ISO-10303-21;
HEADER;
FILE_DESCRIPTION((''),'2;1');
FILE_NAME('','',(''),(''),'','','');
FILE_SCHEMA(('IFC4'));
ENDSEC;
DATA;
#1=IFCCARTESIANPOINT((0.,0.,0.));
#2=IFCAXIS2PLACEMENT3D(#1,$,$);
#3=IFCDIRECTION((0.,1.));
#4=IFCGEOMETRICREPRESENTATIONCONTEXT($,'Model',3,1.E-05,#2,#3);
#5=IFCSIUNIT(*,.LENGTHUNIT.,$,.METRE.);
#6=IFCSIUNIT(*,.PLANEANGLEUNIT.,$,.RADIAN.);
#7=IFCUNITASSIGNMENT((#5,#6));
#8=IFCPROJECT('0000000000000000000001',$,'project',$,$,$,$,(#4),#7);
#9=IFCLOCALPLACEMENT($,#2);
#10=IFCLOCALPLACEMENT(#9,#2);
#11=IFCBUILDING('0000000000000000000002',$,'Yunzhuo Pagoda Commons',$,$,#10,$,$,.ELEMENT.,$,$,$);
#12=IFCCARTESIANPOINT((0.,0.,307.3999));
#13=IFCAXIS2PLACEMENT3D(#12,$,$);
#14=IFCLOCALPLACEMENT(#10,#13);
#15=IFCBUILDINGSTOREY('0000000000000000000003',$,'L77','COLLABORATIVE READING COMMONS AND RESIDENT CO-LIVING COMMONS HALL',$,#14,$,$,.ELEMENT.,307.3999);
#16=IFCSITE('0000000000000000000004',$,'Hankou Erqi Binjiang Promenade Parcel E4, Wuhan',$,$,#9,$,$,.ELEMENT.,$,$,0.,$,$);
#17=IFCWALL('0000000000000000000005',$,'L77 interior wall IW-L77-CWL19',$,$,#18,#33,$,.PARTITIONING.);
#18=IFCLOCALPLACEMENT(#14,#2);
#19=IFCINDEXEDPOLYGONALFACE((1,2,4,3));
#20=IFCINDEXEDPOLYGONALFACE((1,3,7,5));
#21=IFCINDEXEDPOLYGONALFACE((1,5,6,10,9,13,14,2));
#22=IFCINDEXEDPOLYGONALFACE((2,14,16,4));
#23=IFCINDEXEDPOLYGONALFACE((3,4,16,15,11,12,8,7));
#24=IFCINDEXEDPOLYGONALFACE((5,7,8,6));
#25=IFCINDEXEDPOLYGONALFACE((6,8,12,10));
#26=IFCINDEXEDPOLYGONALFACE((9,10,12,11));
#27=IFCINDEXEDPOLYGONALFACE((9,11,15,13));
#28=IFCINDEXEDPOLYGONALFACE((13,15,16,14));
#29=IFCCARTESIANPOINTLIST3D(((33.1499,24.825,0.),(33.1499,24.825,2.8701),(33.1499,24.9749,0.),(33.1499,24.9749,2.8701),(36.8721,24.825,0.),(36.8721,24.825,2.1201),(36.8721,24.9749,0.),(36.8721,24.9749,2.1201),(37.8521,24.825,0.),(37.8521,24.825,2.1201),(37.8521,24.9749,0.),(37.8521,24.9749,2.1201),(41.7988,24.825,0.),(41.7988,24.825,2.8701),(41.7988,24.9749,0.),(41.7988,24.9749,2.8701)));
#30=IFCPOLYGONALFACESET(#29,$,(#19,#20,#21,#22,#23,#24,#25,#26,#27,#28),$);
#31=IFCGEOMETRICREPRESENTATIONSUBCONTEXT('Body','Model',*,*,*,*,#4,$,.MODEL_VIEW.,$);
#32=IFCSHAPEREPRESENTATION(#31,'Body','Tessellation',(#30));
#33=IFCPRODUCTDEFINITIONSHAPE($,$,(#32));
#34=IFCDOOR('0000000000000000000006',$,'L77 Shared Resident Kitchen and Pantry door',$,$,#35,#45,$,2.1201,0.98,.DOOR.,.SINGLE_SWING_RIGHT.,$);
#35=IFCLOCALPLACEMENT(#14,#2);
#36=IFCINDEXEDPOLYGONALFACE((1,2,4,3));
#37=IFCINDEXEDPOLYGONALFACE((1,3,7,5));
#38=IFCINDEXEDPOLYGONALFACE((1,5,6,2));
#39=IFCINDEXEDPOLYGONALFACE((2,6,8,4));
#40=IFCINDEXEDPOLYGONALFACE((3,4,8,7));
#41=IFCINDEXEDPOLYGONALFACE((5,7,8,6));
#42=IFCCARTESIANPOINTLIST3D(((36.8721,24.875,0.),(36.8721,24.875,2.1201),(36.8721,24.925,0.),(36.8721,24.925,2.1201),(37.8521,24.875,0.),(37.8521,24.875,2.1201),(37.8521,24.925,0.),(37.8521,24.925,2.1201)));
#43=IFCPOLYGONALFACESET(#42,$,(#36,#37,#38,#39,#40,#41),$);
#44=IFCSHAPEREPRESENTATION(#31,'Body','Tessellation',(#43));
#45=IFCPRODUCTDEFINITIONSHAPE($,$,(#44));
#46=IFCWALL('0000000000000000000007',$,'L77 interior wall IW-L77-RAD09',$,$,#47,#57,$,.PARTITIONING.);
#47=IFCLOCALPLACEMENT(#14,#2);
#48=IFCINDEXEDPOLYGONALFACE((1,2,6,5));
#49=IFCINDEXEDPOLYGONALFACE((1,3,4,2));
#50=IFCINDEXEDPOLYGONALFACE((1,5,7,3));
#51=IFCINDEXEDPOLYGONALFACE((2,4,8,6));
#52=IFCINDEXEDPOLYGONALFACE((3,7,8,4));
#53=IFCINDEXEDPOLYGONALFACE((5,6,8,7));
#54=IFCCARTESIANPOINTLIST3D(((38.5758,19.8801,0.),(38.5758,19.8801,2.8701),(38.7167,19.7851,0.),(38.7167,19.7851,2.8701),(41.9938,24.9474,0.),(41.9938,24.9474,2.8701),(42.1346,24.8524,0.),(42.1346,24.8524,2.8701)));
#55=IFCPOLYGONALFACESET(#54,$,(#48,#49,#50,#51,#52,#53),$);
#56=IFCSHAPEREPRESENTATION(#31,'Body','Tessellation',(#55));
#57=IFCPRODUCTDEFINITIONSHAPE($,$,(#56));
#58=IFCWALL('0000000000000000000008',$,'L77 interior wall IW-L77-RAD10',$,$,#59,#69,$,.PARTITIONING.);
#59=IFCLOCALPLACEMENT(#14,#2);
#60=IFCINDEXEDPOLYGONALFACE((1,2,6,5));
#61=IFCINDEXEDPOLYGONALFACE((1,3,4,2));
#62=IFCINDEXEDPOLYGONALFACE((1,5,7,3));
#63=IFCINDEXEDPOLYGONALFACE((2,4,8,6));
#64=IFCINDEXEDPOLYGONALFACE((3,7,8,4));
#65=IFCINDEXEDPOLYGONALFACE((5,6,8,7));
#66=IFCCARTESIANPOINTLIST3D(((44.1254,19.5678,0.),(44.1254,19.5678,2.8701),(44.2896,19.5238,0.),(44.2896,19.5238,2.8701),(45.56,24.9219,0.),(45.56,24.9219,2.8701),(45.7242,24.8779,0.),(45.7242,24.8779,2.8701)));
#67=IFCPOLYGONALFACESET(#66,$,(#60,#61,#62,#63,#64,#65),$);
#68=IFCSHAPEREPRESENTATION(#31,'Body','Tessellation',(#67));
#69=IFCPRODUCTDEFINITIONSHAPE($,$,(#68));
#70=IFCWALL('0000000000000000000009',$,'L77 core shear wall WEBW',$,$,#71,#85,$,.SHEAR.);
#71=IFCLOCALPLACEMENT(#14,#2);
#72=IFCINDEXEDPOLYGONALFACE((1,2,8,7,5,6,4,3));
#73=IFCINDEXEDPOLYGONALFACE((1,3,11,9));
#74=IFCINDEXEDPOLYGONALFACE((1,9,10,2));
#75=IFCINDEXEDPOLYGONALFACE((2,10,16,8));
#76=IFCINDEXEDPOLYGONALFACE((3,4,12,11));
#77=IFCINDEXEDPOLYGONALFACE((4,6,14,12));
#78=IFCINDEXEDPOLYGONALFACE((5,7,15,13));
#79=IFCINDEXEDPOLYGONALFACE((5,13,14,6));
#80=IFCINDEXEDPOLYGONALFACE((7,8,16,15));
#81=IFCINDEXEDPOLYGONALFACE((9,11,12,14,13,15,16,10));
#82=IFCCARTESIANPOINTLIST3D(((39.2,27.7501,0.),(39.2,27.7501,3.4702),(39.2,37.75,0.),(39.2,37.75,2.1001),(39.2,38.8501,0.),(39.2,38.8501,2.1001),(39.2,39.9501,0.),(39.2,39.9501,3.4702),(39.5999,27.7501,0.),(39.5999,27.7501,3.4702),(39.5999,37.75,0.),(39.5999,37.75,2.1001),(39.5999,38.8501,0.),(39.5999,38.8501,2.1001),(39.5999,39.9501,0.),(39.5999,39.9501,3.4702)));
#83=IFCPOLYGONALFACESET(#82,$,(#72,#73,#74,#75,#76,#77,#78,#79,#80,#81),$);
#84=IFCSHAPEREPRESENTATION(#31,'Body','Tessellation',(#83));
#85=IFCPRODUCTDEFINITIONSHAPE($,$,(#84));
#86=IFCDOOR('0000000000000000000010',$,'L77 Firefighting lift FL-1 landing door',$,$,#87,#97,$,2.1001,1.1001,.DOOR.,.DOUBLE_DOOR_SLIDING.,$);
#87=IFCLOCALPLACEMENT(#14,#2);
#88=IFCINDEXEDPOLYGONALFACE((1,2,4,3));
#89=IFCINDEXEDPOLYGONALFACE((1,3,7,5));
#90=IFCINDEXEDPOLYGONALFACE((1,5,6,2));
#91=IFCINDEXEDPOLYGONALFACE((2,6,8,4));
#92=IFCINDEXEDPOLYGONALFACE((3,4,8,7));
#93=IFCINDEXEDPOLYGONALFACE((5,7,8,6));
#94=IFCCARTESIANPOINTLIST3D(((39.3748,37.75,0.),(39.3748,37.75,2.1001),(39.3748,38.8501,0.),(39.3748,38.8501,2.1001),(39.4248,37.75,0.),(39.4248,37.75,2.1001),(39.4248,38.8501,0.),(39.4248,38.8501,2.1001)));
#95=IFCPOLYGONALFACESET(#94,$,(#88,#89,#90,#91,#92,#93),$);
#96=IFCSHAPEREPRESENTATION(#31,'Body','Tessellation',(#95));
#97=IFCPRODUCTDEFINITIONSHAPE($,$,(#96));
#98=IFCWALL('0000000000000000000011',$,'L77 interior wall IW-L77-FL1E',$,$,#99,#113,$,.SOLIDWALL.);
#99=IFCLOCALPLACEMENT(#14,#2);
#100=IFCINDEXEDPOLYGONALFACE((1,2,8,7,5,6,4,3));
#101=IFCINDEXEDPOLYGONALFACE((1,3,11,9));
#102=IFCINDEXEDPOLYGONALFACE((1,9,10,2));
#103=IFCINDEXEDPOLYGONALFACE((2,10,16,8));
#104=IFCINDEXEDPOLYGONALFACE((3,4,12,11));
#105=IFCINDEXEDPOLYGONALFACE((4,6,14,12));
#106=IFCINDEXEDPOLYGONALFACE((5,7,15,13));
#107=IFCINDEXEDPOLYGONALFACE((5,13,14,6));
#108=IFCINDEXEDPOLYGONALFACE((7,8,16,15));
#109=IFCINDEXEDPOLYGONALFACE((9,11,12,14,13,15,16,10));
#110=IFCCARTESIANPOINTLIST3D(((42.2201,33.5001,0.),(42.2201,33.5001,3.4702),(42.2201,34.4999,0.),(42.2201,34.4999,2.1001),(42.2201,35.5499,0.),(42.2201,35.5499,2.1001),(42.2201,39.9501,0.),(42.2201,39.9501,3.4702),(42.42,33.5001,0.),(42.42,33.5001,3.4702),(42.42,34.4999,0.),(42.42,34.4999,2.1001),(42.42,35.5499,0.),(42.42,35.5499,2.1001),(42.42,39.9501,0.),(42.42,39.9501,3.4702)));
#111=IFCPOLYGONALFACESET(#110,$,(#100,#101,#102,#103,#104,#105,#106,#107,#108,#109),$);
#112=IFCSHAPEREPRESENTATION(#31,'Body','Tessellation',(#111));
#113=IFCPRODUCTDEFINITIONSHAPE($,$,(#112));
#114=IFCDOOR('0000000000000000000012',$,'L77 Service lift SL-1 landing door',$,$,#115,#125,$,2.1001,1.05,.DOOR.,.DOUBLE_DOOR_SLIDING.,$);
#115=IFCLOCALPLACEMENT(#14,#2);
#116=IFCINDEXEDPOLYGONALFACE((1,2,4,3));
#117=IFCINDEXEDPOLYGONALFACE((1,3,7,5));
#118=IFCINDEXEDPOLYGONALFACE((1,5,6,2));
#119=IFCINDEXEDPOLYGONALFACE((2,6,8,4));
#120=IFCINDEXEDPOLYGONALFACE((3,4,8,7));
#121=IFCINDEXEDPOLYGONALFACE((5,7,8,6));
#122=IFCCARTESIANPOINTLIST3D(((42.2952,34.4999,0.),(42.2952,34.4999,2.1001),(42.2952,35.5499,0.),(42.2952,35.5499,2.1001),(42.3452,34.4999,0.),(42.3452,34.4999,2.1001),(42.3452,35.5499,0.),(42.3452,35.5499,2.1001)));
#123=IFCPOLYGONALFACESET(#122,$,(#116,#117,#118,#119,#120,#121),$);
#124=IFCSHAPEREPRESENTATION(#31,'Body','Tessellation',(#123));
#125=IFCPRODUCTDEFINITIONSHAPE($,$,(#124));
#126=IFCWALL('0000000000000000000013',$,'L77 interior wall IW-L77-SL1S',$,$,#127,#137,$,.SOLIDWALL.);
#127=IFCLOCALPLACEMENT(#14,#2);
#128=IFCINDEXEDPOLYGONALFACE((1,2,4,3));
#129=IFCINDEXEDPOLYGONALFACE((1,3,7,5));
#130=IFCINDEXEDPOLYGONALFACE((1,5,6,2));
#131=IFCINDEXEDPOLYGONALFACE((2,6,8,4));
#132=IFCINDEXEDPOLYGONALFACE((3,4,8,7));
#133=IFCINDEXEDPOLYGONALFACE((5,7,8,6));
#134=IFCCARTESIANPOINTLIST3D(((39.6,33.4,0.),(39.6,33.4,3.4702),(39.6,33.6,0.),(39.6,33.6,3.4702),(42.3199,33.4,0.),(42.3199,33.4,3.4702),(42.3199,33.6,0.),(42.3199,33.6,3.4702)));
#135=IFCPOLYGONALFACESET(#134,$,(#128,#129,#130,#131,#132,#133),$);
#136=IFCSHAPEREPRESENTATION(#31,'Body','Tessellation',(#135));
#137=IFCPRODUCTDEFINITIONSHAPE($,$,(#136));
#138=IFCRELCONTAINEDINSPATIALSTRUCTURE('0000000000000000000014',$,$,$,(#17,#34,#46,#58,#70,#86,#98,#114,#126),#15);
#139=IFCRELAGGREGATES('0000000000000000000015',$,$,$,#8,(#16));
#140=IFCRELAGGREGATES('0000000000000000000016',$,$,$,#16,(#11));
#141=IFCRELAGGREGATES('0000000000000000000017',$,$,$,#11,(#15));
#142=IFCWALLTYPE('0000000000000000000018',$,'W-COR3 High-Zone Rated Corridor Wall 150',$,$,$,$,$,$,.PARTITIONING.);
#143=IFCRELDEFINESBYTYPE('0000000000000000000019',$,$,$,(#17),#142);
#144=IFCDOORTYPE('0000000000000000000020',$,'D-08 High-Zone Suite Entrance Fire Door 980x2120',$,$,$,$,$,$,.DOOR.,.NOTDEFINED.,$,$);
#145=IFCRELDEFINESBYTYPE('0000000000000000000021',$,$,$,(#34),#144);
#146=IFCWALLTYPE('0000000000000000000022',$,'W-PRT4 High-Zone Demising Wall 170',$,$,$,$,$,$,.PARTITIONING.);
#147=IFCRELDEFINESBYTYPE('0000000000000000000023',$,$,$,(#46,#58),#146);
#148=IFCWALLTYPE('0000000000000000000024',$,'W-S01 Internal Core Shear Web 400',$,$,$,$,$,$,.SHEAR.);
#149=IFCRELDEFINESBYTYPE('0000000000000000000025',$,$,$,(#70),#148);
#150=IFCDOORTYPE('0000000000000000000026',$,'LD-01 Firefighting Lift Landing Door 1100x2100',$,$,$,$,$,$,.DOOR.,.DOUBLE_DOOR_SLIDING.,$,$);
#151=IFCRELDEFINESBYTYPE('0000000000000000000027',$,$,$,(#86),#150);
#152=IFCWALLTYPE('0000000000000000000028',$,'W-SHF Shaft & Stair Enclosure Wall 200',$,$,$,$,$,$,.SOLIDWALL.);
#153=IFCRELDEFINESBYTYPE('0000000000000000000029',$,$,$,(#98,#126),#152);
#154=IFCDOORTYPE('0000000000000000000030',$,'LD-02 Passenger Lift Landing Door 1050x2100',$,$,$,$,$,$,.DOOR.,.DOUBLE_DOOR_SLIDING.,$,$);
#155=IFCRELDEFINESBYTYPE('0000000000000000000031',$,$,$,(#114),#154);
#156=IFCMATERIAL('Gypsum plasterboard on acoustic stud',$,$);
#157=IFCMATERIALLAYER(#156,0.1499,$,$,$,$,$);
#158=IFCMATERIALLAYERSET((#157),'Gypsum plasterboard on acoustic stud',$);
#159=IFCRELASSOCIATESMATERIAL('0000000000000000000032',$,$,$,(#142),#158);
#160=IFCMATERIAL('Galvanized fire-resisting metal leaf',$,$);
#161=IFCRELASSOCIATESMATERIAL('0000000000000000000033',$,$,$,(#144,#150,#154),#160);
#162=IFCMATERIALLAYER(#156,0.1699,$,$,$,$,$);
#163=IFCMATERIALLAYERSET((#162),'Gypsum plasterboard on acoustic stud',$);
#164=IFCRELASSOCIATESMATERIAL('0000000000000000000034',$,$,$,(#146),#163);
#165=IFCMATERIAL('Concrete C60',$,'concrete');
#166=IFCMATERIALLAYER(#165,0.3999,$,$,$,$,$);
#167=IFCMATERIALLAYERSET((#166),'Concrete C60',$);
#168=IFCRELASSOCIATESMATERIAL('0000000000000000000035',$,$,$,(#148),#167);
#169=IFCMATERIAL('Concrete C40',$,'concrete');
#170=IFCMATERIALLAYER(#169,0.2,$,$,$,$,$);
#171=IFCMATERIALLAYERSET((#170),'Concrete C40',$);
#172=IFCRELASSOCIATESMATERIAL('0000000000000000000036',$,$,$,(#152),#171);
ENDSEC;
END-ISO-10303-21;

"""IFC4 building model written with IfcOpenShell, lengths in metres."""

from ifc_helpers import new_model, si_unit, direction, frame, frame_2d, origin, origin_with_axes, place, context, subcontext, project, spatial, rectangle, extrude, source, transform, mapped, material, layer, layer_set, type_object, element, fill, save


model = new_model("IFC4")

# Units and contexts
model_context = context("Model", 3, precision=1e-05, world=origin(), true_north=direction((0.0, 1.0)))
body_context = subcontext(model_context, "Body", "Model", "MODEL_VIEW")
ifc_project = project(units=[si_unit("LENGTHUNIT", "METRE"), si_unit("PLANEANGLEUNIT", "RADIAN")], contexts=[model_context])

# Site, building, storey
site_placement = place(None, origin())
site = spatial("IfcSite", under=ifc_project, at=site_placement, Name="Hankou Erqi Binjiang Promenade Parcel E4, Wuhan", CompositionType="ELEMENT", RefElevation=0.0)
building_placement = place(site_placement, origin())
building = spatial("IfcBuilding", under=site, at=building_placement, Name="Yunzhuo Pagoda Commons", CompositionType="ELEMENT")
storey_placement = place(building_placement, frame((0.0, 0.0, 307.3999)))
storey = spatial("IfcBuildingStorey", under=building, at=storey_placement, Name="L77", Description="COLLABORATIVE READING COMMONS AND RESIDENT CO-LIVING COMMONS HALL", CompositionType="ELEMENT", Elevation=307.3999)

# Wall, opening, door
ifc_material_1 = material(Name="Gypsum plasterboard on acoustic stud")
ifc_layer_1 = layer(ifc_material_1, 0.1499)
ifc_layer_set_1 = layer_set([ifc_layer_1], Name="Gypsum plasterboard on acoustic stud")
wall_type_1 = type_object("IfcWallType", Name="W-COR3 High-Zone Rated Corridor Wall 150", PredefinedType="PARTITIONING", material=ifc_layer_set_1)
ifc_material_2 = material(Name="Galvanized fire-resisting metal leaf")
wall_1_placement = place(storey_placement, frame((41.7988, 24.8999, 0.0), z_axis=(0.0, 0.0, 1.0), x_axis=(-1.0, 0.0, 0.0)))
wall_1 = element("IfcWall", 1, at=wall_1_placement, inside=storey, type_object=wall_type_1, Name="L77 interior wall IW-L77-CWL19", PredefinedType="PARTITIONING", context=body_context, shape_type="SweptSolid", body=[
    extrude(rectangle(XDim=8.6489, YDim=0.1499, at=frame_2d((4.3245, 0.0))), origin(), (0.0, 0.0, 1.0), 2.8701),
])
opening_1_placement = place(wall_1_placement, frame((3.9468, 0.0, 0.0)))
opening_1 = element("IfcOpeningElement", 2, at=opening_1_placement, cuts=wall_1, PredefinedType="OPENING", context=body_context, shape_type="SweptSolid", body=[
    extrude(rectangle(XDim=0.98, YDim=2.1201, at=frame_2d((0.49, 1.0601))), frame((0.0, 0.085, 0.0), z_axis=(0.0, -1.0, 0.0), x_axis=(1.0, 0.0, 0.0)), (0.0, 0.0, 1.0), 0.1699),
])
door_type_1 = type_object("IfcDoorType", Name="D-08 High-Zone Suite Entrance Fire Door 980x2120", OperationType="NOTDEFINED", PredefinedType="DOOR", material=ifc_material_2)
shared_shape_1 = source(origin(), body_context, "Body", "SweptSolid", [
    extrude(rectangle(XDim=0.98, YDim=2.1201, at=frame_2d((0.49, 1.0601))), frame((0.0, 0.0249, 0.0), z_axis=(0.0, -1.0, 0.0), x_axis=(1.0, 0.0, 0.0)), (0.0, 0.0, 1.0), 0.05),
])
door_1_placement = place(opening_1_placement, origin_with_axes())
door_1 = element("IfcDoor", 3, at=door_1_placement, inside=storey, type_object=door_type_1, Name="L77 Shared Resident Kitchen and Pantry door", OperationType="SINGLE_SWING_RIGHT", OverallHeight=2.1201, OverallWidth=0.98, PredefinedType="DOOR", context=body_context, shape_type="MappedRepresentation", body=[
    mapped(shared_shape_1, transform((0.0, 0.0, 0.0), scale=1.0)),
])
fill(opening_1, door_1)

# Walls
ifc_layer_2 = layer(ifc_material_1, 0.1699)
ifc_layer_set_2 = layer_set([ifc_layer_2], Name="Gypsum plasterboard on acoustic stud")
wall_type_2 = type_object("IfcWallType", Name="W-PRT4 High-Zone Demising Wall 170", PredefinedType="PARTITIONING", material=ifc_layer_set_2)
wall_2_placement = place(storey_placement, frame((42.0642, 24.8999, 0.0), z_axis=(0.0, 0.0, 1.0), x_axis=(-0.55919, -0.829039, 0.0)))
element("IfcWall", 4, at=wall_2_placement, inside=storey, type_object=wall_type_2, Name="L77 interior wall IW-L77-RAD09", PredefinedType="PARTITIONING", context=body_context, shape_type="SweptSolid", body=[
    extrude(rectangle(XDim=6.1123, YDim=0.1699, at=frame_2d((3.0562, 0.0))), origin(), (0.0, 0.0, 1.0), 2.8701),
])
wall_3_placement = place(storey_placement, frame((45.6421, 24.8999, 0.0), z_axis=(0.0, 0.0, 1.0), x_axis=(-0.258814, -0.965927, 0.0)))
element("IfcWall", 5, at=wall_3_placement, inside=storey, type_object=wall_type_2, Name="L77 interior wall IW-L77-RAD10", PredefinedType="PARTITIONING", context=body_context, shape_type="SweptSolid", body=[
    extrude(rectangle(XDim=5.543, YDim=0.1699, at=frame_2d((2.7715, 0.0))), origin(), (0.0, 0.0, 1.0), 2.8701),
])

# Walls, openings, doors
ifc_material_3 = material(Name="Concrete C60", Category="concrete")
ifc_layer_3 = layer(ifc_material_3, 0.3999)
ifc_layer_set_3 = layer_set([ifc_layer_3], Name="Concrete C60")
wall_type_3 = type_object("IfcWallType", Name="W-S01 Internal Core Shear Web 400", PredefinedType="SHEAR", material=ifc_layer_set_3)
wall_4_placement = place(storey_placement, frame((39.3999, 27.75, 0.0), z_axis=(0.0, 0.0, 1.0), x_axis=(0.0, 1.0, 0.0)))
wall_4 = element("IfcWall", 6, at=wall_4_placement, inside=storey, type_object=wall_type_3, Name="L77 core shear wall WEBW", PredefinedType="SHEAR", context=body_context, shape_type="SweptSolid", body=[
    extrude(rectangle(XDim=12.2, YDim=0.3999, at=frame_2d((6.1001, 0.0))), origin(), (0.0, 0.0, 1.0), 3.4702),
])
opening_2_placement = place(wall_4_placement, frame((10.0, 0.0, 0.0)))
opening_2 = element("IfcOpeningElement", 7, at=opening_2_placement, cuts=wall_4, PredefinedType="OPENING", context=body_context, shape_type="SweptSolid", body=[
    extrude(rectangle(XDim=1.1001, YDim=2.1001, at=frame_2d((0.55, 1.05))), frame((0.0, 0.21, 0.0), z_axis=(0.0, -1.0, 0.0), x_axis=(1.0, 0.0, 0.0)), (0.0, 0.0, 1.0), 0.4199),
])
door_type_2 = type_object("IfcDoorType", Name="LD-01 Firefighting Lift Landing Door 1100x2100", OperationType="DOUBLE_DOOR_SLIDING", PredefinedType="DOOR", material=ifc_material_2)
shared_shape_2 = source(origin(), body_context, "Body", "SweptSolid", [
    extrude(rectangle(XDim=1.1001, YDim=2.1001, at=frame_2d((0.55, 1.05))), frame((0.0, 0.0249, 0.0), z_axis=(0.0, -1.0, 0.0), x_axis=(1.0, 0.0, 0.0)), (0.0, 0.0, 1.0), 0.05),
])
door_2_placement = place(opening_2_placement, frame((1.1001, 0.0, 0.0), z_axis=(0.0, 0.0, 1.0), x_axis=(-1.0, 0.0, 0.0)))
door_2 = element("IfcDoor", 8, at=door_2_placement, inside=storey, type_object=door_type_2, Name="L77 Firefighting lift FL-1 landing door", OperationType="DOUBLE_DOOR_SLIDING", OverallHeight=2.1001, OverallWidth=1.1001, PredefinedType="DOOR", context=body_context, shape_type="MappedRepresentation", body=[
    mapped(shared_shape_2, transform((0.0, 0.0, 0.0), scale=1.0)),
])
fill(opening_2, door_2)
ifc_material_4 = material(Name="Concrete C40", Category="concrete")
ifc_layer_4 = layer(ifc_material_4, 0.2)
ifc_layer_set_4 = layer_set([ifc_layer_4], Name="Concrete C40")
wall_type_4 = type_object("IfcWallType", Name="W-SHF Shaft & Stair Enclosure Wall 200", PredefinedType="SOLIDWALL", material=ifc_layer_set_4)
wall_5_placement = place(storey_placement, frame((42.3201, 33.5, 0.0), z_axis=(0.0, 0.0, 1.0), x_axis=(0.0, 1.0, 0.0)))
wall_5 = element("IfcWall", 9, at=wall_5_placement, inside=storey, type_object=wall_type_4, Name="L77 interior wall IW-L77-FL1E", PredefinedType="SOLIDWALL", context=body_context, shape_type="SweptSolid", body=[
    extrude(rectangle(XDim=6.45, YDim=0.2, at=frame_2d((3.2251, 0.0))), origin(), (0.0, 0.0, 1.0), 3.4702),
])
opening_3_placement = place(wall_5_placement, frame((1.0, 0.0, 0.0)))
opening_3 = element("IfcOpeningElement", 10, at=opening_3_placement, cuts=wall_5, PredefinedType="OPENING", context=body_context, shape_type="SweptSolid", body=[
    extrude(rectangle(XDim=1.05, YDim=2.1001, at=frame_2d((0.5249, 1.05))), frame((0.0, 0.1099, 0.0), z_axis=(0.0, -1.0, 0.0), x_axis=(1.0, 0.0, 0.0)), (0.0, 0.0, 1.0), 0.22),
])
door_type_3 = type_object("IfcDoorType", Name="LD-02 Passenger Lift Landing Door 1050x2100", OperationType="DOUBLE_DOOR_SLIDING", PredefinedType="DOOR", material=ifc_material_2)
shared_shape_3 = source(origin(), body_context, "Body", "SweptSolid", [
    extrude(rectangle(XDim=1.05, YDim=2.1001, at=frame_2d((0.5249, 1.05))), frame((0.0, 0.0249, 0.0), z_axis=(0.0, -1.0, 0.0), x_axis=(1.0, 0.0, 0.0)), (0.0, 0.0, 1.0), 0.05),
])
door_3_placement = place(opening_3_placement, origin_with_axes())
door_3 = element("IfcDoor", 11, at=door_3_placement, inside=storey, type_object=door_type_3, Name="L77 Service lift SL-1 landing door", OperationType="DOUBLE_DOOR_SLIDING", OverallHeight=2.1001, OverallWidth=1.05, PredefinedType="DOOR", context=body_context, shape_type="MappedRepresentation", body=[
    mapped(shared_shape_3, transform((0.0, 0.0, 0.0), scale=1.0)),
])
fill(opening_3, door_3)

# Wall
wall_6_placement = place(storey_placement, frame((39.6001, 33.5, 0.0), z_axis=(0.0, 0.0, 1.0), x_axis=(1.0, 0.0, 0.0)))
element("IfcWall", 12, at=wall_6_placement, inside=storey, type_object=wall_type_4, Name="L77 interior wall IW-L77-SL1S", PredefinedType="SOLIDWALL", context=body_context, shape_type="SweptSolid", body=[
    extrude(rectangle(XDim=2.72, YDim=0.2, at=frame_2d((1.3599, 0.0))), origin(), (0.0, 0.0, 1.0), 3.4702),
])

save(model, "model.ifc")
